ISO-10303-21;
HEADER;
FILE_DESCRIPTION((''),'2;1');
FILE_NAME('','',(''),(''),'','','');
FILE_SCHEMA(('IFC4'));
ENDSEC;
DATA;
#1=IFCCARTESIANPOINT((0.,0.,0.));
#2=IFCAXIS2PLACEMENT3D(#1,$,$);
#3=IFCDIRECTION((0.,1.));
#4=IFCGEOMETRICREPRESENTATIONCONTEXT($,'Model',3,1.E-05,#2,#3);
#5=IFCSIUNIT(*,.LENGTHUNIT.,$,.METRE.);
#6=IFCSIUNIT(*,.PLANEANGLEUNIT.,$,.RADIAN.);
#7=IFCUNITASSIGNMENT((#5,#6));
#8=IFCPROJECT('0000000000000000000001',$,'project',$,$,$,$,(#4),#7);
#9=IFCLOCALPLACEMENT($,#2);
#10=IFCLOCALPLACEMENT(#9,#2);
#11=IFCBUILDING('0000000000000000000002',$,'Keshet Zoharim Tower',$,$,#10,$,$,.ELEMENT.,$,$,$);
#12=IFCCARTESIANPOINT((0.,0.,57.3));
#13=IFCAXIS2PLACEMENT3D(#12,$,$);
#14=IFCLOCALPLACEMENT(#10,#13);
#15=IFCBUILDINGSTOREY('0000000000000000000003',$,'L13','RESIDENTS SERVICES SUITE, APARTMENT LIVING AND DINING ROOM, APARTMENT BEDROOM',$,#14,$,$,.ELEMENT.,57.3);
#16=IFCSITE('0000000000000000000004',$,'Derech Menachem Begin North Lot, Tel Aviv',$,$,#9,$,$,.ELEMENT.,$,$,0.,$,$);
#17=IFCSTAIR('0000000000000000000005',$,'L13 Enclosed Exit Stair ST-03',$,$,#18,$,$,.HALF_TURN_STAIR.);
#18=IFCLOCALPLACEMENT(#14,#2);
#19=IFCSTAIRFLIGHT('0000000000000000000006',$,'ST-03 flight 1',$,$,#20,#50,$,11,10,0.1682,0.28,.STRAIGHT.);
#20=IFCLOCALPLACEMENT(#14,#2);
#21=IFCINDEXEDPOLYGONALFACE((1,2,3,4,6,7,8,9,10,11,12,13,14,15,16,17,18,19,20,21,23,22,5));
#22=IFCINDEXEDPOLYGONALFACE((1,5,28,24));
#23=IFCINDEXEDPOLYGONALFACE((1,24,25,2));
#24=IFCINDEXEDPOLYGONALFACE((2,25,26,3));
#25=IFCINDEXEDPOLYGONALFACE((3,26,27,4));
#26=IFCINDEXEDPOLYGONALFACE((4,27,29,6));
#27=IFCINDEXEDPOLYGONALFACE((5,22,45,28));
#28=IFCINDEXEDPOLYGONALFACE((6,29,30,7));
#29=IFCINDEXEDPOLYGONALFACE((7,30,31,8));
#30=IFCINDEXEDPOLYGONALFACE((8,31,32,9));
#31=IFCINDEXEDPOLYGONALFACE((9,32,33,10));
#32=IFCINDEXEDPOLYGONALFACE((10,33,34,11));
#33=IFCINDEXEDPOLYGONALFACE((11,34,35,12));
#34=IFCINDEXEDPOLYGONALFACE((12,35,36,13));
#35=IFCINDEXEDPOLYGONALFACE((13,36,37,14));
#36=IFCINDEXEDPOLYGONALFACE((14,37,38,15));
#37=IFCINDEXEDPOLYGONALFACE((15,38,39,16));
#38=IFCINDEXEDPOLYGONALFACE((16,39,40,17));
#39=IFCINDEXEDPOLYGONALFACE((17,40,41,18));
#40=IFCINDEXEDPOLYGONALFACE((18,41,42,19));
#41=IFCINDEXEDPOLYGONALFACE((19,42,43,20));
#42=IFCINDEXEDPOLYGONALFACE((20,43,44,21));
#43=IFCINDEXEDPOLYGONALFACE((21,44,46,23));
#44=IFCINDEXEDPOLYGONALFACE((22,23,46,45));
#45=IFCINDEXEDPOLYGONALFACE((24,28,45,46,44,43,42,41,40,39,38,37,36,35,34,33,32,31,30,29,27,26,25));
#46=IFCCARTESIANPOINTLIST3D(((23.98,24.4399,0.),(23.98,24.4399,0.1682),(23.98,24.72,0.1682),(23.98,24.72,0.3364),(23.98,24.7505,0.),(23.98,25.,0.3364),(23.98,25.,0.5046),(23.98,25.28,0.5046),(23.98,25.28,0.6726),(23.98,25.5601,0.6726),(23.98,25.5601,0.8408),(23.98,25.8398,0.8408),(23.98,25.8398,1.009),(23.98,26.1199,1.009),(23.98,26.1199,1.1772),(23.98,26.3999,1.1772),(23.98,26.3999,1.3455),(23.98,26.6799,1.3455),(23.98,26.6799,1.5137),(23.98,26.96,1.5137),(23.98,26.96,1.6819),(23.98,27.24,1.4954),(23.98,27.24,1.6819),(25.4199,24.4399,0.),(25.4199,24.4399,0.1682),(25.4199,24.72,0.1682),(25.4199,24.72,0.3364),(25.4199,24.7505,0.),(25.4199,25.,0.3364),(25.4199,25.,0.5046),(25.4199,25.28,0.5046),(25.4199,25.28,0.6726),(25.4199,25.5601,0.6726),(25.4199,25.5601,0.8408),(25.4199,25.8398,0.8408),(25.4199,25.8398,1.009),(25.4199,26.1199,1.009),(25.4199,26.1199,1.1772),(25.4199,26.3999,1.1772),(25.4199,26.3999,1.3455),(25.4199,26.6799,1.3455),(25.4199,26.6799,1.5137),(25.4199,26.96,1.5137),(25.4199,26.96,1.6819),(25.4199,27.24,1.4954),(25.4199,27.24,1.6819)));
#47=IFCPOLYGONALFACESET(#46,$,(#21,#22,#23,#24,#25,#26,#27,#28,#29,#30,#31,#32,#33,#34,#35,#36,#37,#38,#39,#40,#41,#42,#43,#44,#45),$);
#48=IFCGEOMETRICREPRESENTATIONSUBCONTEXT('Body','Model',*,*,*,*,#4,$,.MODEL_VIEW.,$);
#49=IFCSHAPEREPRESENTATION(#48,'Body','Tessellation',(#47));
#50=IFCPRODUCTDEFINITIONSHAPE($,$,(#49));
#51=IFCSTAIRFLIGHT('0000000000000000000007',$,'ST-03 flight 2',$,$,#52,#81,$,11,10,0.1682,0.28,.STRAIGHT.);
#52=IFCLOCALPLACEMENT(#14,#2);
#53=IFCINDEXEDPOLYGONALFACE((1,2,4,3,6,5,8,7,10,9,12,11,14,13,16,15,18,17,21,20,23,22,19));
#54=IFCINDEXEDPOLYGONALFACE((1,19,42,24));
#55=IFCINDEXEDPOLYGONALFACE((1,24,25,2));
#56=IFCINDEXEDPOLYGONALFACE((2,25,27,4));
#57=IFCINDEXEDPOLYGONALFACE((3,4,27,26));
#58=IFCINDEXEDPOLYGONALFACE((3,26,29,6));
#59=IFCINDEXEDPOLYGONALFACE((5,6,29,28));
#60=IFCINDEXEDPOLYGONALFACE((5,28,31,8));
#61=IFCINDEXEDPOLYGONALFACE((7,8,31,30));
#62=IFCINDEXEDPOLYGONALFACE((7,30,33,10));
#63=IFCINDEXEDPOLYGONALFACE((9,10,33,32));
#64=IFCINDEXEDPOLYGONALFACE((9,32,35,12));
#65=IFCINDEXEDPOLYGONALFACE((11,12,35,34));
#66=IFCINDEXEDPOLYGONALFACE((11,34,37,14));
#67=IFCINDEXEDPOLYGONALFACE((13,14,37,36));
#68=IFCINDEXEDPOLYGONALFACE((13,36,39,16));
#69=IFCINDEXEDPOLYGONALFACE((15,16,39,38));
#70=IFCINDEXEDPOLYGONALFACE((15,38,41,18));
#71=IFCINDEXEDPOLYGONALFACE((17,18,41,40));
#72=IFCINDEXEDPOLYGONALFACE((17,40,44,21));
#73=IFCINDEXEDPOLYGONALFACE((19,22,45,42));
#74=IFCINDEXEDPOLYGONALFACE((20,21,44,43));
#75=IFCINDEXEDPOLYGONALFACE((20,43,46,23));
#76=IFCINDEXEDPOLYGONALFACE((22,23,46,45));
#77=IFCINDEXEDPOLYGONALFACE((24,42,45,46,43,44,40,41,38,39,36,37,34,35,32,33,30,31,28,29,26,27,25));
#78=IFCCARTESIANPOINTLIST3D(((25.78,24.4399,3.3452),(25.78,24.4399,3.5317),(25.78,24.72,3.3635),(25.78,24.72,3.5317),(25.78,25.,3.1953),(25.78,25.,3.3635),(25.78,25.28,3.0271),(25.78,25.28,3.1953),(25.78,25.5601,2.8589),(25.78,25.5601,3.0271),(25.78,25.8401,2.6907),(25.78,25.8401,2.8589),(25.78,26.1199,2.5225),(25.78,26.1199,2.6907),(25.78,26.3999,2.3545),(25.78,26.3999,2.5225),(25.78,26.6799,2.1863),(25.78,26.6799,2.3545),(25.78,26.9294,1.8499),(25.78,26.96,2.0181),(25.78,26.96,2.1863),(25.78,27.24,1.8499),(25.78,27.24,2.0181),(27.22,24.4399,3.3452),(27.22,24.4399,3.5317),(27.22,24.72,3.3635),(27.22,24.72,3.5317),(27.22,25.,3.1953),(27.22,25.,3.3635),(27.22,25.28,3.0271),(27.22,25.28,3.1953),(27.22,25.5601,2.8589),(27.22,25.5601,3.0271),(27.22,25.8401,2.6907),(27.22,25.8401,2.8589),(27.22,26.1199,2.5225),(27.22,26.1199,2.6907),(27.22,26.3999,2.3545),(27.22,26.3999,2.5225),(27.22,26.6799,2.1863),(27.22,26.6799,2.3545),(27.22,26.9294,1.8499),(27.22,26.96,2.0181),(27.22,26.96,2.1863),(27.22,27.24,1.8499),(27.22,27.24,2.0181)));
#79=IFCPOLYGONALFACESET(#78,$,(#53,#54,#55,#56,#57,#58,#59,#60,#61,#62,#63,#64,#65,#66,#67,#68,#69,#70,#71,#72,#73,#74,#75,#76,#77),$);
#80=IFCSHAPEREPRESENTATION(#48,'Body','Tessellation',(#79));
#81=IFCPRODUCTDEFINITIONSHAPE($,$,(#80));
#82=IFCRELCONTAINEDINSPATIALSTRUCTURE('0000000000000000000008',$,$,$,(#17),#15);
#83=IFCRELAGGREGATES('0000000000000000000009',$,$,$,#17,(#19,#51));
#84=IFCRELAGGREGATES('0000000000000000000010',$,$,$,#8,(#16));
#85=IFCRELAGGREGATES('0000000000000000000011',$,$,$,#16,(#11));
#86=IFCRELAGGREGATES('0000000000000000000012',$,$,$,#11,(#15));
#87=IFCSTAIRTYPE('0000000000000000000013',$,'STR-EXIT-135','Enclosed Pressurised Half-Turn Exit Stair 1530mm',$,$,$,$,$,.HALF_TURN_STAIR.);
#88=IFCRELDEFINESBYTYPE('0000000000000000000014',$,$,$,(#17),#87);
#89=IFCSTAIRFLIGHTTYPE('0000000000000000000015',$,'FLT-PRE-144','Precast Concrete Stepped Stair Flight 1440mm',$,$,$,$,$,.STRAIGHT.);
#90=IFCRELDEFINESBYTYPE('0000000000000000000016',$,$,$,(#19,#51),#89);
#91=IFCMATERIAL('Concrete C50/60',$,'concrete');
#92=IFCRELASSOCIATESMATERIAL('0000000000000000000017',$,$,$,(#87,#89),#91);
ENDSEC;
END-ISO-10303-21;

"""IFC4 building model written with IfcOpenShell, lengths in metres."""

from ifc_helpers import new_model, si_unit, direction, frame, origin, place, context, subcontext, project, spatial, polyline, outline, extrude, material, type_object, element, aggregate, save


model = new_model("IFC4")

# Units and contexts
model_context = context("Model", 3, precision=1e-05, world=origin(), true_north=direction((0.0, 1.0)))
body_context = subcontext(model_context, "Body", "Model", "MODEL_VIEW")
ifc_project = project(units=[si_unit("LENGTHUNIT", "METRE"), si_unit("PLANEANGLEUNIT", "RADIAN")], contexts=[model_context])

# Site, building, storey
site_placement = place(None, origin())
site = spatial("IfcSite", under=ifc_project, at=site_placement, Name="Derech Menachem Begin North Lot, Tel Aviv", CompositionType="ELEMENT", RefElevation=0.0)
building_placement = place(site_placement, origin())
building = spatial("IfcBuilding", under=site, at=building_placement, Name="Keshet Zoharim Tower", CompositionType="ELEMENT")
storey_placement = place(building_placement, frame((0.0, 0.0, 57.3)))
storey = spatial("IfcBuildingStorey", under=building, at=storey_placement, Name="L13", Description="RESIDENTS SERVICES SUITE, APARTMENT LIVING AND DINING ROOM, APARTMENT BEDROOM", CompositionType="ELEMENT", Elevation=57.3)

# Shared definitions
ifc_material_1 = material(Name="Concrete C50/60", Category="concrete")

# Stair, stair flights
stair_type = type_object("IfcStairType", Name="STR-EXIT-135", Description="Enclosed Pressurised Half-Turn Exit Stair 1530mm", PredefinedType="HALF_TURN_STAIR", material=ifc_material_1)
stair_placement = place(storey_placement, origin())
stair = element("IfcStair", 1, at=stair_placement, inside=storey, type_object=stair_type, Name="L13 Enclosed Exit Stair ST-03", PredefinedType="HALF_TURN_STAIR")
stair_flight_type = type_object("IfcStairFlightType", Name="FLT-PRE-144", Description="Precast Concrete Stepped Stair Flight 1440mm", PredefinedType="STRAIGHT", material=ifc_material_1)
stair_flight_1_placement = place(storey_placement, frame((24.7, 24.4399, 0.0), z_axis=(0.0, 0.0, 1.0), x_axis=(0.0, 1.0, 0.0)))
stair_flight_1 = element("IfcStairFlight", 2, at=stair_flight_1_placement, type_object=stair_flight_type, Name="ST-03 flight 1", NumberOfRisers=11, NumberOfTreads=10, PredefinedType="STRAIGHT", RiserHeight=0.1682, TreadLength=0.28, context=body_context, shape_type="SweptSolid", body=[
    extrude(outline(polyline([(0.0, 0.0), (0.0, 0.1682), (0.28, 0.1682), (0.28, 0.3364), (0.5601, 0.3364), (0.5601, 0.5046), (0.8401, 0.5046), (0.8401, 0.6726), (1.1201, 0.6726), (1.1201, 0.8408), (1.3999, 0.8408), (1.3999, 1.009), (1.6799, 1.009), (1.6799, 1.1772), (1.96, 1.1772), (1.96, 1.3455), (2.24, 1.3455), (2.24, 1.5137), (2.52, 1.5137), (2.52, 1.6819), (2.8, 1.6819), (2.8, 1.8501), (2.8, 1.4954), (0.3105, 0.0), (0.0, 0.0)])), frame((0.0, 0.72, 0.0), z_axis=(0.0, -1.0, 0.0), x_axis=(1.0, 0.0, 0.0)), (0.0, 0.0, 1.0), 1.4399),
])
stair_flight_2_placement = place(storey_placement, frame((26.5, 27.24, 1.8499), z_axis=(0.0, 0.0, 1.0), x_axis=(0.0, -1.0, 0.0)))
stair_flight_2 = element("IfcStairFlight", 3, at=stair_flight_2_placement, type_object=stair_flight_type, Name="ST-03 flight 2", NumberOfRisers=11, NumberOfTreads=10, PredefinedType="STRAIGHT", RiserHeight=0.1682, TreadLength=0.28, context=body_context, shape_type="SweptSolid", body=[
    extrude(outline(polyline([(0.0, 0.0), (0.0, 0.1682), (0.28, 0.1682), (0.28, 0.3364), (0.5601, 0.3364), (0.5601, 0.5046), (0.8401, 0.5046), (0.8401, 0.6726), (1.1201, 0.6726), (1.1201, 0.8408), (1.3999, 0.8408), (1.3999, 1.009), (1.6799, 1.009), (1.6799, 1.1772), (1.96, 1.1772), (1.96, 1.3455), (2.24, 1.3455), (2.24, 1.5137), (2.52, 1.5137), (2.52, 1.6819), (2.8, 1.6819), (2.8, 1.8501), (2.8, 1.4954), (0.3105, 0.0), (0.0, 0.0)])), frame((0.0, 0.72, 0.0), z_axis=(0.0, -1.0, 0.0), x_axis=(1.0, 0.0, 0.0)), (0.0, 0.0, 1.0), 1.4399),
])
aggregate(stair, [stair_flight_1, stair_flight_2])

save(model, "model.ifc")
